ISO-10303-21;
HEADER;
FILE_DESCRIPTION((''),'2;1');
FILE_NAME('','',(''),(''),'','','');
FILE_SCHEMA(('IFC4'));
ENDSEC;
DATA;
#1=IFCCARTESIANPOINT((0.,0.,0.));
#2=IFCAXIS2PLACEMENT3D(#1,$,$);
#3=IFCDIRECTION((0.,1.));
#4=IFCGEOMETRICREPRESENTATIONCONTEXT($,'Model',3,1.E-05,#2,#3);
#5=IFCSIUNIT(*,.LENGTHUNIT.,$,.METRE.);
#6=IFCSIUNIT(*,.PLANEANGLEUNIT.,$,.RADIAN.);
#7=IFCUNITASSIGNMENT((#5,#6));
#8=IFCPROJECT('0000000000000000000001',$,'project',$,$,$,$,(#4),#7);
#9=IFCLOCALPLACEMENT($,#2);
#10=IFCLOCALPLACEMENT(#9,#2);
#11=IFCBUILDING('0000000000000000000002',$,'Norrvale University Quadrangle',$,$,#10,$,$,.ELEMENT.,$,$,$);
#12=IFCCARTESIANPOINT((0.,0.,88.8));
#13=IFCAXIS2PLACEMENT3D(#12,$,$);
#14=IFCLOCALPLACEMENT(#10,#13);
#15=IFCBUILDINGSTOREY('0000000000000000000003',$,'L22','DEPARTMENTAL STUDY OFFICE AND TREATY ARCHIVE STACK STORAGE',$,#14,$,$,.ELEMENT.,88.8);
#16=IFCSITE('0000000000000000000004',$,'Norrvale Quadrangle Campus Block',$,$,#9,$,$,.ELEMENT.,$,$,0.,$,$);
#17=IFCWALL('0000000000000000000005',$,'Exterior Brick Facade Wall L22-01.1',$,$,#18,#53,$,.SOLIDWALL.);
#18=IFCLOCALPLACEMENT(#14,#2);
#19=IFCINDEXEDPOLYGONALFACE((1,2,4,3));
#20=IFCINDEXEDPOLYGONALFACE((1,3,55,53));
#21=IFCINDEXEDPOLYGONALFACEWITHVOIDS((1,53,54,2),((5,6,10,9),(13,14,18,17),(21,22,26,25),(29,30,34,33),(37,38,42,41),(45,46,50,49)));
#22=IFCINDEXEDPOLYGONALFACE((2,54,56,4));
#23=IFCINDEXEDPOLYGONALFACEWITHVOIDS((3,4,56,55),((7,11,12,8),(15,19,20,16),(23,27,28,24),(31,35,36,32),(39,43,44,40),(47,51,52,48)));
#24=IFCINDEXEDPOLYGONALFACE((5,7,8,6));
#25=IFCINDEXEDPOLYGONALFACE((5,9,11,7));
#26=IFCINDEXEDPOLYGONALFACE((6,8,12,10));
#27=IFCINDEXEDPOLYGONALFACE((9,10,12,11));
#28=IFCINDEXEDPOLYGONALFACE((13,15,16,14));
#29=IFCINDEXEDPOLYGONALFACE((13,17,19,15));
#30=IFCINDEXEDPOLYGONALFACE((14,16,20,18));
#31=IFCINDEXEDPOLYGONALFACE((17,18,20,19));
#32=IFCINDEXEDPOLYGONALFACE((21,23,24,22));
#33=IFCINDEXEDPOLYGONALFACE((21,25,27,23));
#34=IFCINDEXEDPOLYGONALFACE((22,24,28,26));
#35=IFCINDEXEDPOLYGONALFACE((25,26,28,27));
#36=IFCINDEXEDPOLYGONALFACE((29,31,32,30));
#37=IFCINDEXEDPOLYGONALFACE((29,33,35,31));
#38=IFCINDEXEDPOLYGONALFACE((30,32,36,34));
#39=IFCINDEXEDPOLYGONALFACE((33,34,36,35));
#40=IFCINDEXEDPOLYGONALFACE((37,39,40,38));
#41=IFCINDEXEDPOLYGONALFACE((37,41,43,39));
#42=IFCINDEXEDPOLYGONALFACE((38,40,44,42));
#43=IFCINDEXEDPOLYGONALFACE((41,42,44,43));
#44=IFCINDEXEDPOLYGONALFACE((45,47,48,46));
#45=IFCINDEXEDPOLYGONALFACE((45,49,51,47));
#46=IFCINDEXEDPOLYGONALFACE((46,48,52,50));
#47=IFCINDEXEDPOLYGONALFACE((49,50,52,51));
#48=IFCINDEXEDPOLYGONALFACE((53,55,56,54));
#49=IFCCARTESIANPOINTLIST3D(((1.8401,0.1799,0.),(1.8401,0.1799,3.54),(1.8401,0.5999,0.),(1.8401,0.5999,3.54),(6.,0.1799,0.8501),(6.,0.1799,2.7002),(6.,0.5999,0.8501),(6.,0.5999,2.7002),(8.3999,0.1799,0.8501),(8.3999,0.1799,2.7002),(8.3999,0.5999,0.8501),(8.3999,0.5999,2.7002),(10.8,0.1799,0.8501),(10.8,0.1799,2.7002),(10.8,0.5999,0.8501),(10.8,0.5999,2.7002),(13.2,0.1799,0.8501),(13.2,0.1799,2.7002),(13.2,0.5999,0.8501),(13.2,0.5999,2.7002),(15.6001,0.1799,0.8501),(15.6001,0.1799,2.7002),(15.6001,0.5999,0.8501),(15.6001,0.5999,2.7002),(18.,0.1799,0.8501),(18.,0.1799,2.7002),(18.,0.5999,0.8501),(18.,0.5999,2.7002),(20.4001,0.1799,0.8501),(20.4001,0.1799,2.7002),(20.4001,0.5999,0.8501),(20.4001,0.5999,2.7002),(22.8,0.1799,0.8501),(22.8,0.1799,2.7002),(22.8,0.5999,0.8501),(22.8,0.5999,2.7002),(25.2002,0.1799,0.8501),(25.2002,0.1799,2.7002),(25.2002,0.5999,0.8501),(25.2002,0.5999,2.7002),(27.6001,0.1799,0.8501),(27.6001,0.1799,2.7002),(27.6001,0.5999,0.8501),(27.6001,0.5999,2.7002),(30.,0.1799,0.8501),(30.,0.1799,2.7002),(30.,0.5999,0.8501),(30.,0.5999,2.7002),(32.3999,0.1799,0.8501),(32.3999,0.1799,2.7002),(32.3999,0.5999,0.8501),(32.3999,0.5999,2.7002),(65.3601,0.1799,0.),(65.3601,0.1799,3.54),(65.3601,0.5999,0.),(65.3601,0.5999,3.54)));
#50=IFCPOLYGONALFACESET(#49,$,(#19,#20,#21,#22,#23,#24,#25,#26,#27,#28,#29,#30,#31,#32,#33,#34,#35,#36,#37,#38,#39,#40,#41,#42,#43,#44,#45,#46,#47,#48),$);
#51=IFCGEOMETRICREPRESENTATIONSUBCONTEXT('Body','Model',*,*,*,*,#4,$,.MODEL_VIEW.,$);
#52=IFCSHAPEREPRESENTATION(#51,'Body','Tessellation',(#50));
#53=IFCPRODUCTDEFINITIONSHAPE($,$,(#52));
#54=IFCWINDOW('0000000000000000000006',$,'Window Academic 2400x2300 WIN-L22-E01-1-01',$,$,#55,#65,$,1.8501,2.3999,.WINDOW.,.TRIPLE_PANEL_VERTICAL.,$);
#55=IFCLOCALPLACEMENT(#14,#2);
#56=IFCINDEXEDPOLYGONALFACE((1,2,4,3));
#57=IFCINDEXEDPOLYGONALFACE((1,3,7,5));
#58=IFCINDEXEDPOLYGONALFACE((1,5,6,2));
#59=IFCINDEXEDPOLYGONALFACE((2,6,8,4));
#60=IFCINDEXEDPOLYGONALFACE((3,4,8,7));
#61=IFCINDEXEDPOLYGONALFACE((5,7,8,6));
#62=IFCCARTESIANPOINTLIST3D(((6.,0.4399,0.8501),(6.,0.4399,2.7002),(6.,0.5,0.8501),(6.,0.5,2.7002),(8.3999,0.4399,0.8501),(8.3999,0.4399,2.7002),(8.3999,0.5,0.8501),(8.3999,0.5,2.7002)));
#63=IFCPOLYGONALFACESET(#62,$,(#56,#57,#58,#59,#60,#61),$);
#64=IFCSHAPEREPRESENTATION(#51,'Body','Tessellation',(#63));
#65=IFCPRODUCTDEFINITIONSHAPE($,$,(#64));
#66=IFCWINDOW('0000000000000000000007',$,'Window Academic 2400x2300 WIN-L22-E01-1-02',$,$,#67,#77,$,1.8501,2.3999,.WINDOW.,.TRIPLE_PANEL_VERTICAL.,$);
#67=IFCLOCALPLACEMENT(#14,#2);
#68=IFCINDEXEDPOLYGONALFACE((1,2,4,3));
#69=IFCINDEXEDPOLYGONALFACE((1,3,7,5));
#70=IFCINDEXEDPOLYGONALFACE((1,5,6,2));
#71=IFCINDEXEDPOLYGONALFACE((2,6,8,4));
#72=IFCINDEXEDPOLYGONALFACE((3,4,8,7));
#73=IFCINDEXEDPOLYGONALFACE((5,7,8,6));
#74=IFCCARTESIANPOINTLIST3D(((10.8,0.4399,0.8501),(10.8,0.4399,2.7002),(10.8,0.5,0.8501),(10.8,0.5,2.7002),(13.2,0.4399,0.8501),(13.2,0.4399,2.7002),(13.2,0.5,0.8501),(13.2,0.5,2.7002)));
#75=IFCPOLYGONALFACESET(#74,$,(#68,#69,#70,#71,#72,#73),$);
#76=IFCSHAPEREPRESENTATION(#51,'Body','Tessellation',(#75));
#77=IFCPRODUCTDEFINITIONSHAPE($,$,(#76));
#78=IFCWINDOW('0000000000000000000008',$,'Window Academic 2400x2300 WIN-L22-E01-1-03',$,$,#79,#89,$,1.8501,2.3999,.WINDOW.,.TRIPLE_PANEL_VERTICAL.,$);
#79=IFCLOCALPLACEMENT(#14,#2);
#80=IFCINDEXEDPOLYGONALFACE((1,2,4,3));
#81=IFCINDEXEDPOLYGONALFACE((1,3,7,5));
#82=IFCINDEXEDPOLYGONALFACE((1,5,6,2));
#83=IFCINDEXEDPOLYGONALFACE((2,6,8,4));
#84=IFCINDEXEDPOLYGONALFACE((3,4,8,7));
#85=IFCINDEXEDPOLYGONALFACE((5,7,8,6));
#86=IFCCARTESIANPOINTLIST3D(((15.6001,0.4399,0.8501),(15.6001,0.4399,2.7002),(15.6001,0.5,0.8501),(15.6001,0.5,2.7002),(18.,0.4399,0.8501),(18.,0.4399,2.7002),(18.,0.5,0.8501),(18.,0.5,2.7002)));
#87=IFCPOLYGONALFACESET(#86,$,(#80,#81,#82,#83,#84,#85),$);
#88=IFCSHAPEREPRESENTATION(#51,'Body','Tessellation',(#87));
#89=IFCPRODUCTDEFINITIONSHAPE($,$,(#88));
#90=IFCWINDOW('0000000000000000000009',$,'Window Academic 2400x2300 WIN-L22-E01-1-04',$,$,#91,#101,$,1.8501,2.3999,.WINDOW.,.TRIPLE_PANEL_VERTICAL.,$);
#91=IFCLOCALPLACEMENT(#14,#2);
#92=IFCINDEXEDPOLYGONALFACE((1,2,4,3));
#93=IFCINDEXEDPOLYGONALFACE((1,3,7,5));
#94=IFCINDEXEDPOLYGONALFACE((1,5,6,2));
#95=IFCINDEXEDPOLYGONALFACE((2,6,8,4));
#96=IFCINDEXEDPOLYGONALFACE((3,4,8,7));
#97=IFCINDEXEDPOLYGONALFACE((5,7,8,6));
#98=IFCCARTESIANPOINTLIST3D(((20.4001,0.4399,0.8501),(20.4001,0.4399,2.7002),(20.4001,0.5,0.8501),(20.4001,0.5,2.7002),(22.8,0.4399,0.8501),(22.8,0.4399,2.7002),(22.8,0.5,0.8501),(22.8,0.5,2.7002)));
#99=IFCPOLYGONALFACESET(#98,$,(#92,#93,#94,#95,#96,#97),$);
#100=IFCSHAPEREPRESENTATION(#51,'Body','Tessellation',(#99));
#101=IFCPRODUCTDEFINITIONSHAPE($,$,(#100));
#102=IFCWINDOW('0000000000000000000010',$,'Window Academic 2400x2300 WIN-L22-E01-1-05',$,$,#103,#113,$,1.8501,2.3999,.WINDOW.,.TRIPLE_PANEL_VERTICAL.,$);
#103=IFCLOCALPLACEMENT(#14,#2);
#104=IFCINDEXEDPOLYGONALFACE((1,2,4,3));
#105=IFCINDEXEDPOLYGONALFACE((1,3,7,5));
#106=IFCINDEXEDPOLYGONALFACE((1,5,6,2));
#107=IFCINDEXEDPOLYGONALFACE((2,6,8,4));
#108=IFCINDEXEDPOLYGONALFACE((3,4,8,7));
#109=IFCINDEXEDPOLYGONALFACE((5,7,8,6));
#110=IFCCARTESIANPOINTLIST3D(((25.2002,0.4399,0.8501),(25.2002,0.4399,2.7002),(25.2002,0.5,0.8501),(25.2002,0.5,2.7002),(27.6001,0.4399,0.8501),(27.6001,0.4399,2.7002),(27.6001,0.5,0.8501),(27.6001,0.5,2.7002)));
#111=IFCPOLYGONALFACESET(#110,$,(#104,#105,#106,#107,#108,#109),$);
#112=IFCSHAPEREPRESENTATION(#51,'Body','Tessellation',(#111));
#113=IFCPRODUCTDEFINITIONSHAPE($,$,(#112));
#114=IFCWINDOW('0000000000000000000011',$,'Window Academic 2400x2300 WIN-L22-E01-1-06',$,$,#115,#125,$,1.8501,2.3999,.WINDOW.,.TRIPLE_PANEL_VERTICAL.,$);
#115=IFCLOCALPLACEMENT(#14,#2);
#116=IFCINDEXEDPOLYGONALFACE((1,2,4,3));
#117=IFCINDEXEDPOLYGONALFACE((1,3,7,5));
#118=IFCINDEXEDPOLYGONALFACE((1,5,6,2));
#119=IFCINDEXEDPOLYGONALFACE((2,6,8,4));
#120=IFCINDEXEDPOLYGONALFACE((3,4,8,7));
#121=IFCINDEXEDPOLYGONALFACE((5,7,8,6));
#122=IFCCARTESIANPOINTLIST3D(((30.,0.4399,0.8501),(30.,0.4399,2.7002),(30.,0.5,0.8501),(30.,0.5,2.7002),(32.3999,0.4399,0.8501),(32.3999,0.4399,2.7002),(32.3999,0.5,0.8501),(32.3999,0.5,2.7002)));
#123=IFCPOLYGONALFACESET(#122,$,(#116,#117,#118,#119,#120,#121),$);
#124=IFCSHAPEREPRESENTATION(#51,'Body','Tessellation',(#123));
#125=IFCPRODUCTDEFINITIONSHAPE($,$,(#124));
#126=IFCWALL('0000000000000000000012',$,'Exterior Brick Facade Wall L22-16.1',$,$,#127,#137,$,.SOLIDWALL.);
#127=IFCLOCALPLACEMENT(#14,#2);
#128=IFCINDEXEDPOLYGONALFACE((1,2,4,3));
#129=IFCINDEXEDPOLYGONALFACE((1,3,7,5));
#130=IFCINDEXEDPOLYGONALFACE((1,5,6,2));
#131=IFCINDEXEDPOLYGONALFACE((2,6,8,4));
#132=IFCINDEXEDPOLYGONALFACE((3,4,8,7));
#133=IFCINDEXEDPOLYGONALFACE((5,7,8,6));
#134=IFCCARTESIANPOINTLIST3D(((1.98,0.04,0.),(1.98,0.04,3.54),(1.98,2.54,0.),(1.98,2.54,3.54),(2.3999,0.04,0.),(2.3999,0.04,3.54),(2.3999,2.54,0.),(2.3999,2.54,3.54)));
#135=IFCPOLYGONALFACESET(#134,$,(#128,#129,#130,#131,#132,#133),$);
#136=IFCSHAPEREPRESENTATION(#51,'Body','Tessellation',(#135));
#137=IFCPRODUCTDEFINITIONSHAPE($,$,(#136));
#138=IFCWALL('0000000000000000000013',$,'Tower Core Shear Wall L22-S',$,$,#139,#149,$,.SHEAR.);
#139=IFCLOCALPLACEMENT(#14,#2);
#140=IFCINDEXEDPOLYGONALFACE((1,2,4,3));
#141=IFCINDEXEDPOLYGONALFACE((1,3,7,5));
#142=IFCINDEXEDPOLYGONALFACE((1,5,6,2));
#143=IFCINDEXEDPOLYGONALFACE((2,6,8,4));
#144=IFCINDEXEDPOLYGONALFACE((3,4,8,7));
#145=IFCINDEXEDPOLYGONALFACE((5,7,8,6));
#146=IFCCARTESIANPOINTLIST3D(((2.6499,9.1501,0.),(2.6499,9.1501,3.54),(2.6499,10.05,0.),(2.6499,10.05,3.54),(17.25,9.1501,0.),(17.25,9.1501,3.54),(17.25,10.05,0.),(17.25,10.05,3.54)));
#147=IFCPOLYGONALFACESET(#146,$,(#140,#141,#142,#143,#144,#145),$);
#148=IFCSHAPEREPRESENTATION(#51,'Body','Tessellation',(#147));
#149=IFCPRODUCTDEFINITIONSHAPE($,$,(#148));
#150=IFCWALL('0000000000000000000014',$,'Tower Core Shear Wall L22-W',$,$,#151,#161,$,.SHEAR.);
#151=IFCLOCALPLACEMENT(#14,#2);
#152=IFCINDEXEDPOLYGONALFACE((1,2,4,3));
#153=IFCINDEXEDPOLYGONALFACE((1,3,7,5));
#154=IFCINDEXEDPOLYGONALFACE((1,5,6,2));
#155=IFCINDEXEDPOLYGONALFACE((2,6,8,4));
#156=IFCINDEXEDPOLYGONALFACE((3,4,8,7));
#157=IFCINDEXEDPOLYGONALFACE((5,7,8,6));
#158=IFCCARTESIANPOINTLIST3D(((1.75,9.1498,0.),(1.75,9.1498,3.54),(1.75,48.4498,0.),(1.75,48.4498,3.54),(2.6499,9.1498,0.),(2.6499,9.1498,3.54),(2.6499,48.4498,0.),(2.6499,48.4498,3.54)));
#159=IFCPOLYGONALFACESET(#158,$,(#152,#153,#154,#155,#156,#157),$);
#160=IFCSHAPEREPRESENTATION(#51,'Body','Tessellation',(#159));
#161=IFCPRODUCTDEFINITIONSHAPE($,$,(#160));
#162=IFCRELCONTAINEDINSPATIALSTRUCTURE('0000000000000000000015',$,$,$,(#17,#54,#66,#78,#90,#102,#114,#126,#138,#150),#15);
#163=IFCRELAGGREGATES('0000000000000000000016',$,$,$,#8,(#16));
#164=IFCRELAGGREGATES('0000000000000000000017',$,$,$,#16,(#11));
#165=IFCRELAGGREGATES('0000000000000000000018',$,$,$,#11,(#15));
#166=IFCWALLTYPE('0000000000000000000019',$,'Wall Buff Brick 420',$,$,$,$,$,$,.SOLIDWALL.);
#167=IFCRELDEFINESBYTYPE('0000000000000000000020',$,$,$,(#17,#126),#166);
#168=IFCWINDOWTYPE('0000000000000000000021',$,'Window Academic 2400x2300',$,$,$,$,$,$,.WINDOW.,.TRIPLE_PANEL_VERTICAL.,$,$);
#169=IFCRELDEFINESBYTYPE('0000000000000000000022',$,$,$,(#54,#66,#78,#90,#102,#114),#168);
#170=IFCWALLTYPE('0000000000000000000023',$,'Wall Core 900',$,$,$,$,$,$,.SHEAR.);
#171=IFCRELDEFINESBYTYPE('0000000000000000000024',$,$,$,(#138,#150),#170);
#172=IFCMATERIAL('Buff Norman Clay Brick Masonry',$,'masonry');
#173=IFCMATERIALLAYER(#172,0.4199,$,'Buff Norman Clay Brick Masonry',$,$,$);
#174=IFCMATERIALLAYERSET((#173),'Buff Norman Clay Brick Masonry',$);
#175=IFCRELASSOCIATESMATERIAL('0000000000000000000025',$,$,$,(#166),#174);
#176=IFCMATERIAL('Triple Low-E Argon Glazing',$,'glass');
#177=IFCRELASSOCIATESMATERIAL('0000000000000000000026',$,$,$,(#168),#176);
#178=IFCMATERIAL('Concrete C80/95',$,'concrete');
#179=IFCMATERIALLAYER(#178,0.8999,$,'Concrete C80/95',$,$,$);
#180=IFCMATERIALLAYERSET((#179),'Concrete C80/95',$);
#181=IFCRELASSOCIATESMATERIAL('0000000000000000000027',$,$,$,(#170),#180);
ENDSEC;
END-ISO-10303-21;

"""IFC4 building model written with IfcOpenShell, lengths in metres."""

from ifc_helpers import new_model, si_unit, direction, frame, frame_2d, origin, place, context, subcontext, project, spatial, rectangle, extrude, material, layer, layer_set, type_object, element, fill, save


model = new_model("IFC4")

# Units and contexts
model_context = context("Model", 3, precision=1e-05, world=origin(), true_north=direction((0.0, 1.0)))
body_context = subcontext(model_context, "Body", "Model", "MODEL_VIEW")
ifc_project = project(units=[si_unit("LENGTHUNIT", "METRE"), si_unit("PLANEANGLEUNIT", "RADIAN")], contexts=[model_context])

# Site, building, storey
site_placement = place(None, origin())
site = spatial("IfcSite", under=ifc_project, at=site_placement, Name="Norrvale Quadrangle Campus Block", CompositionType="ELEMENT", RefElevation=0.0)
building_placement = place(site_placement, origin())
building = spatial("IfcBuilding", under=site, at=building_placement, Name="Norrvale University Quadrangle", CompositionType="ELEMENT")
storey_placement = place(building_placement, frame((0.0, 0.0, 88.8)))
storey = spatial("IfcBuildingStorey", under=building, at=storey_placement, Name="L22", Description="DEPARTMENTAL STUDY OFFICE AND TREATY ARCHIVE STACK STORAGE", CompositionType="ELEMENT", Elevation=88.8)

# Shared definitions
ifc_material_1 = material(Name="Concrete C80/95", Category="concrete")

# Wall, openings, windows
ifc_material_2 = material(Name="Buff Norman Clay Brick Masonry", Category="masonry")
ifc_layer_1 = layer(ifc_material_2, 0.4199, Name="Buff Norman Clay Brick Masonry")
ifc_layer_set_1 = layer_set([ifc_layer_1], Name="Buff Norman Clay Brick Masonry")
wall_type_1 = type_object("IfcWallType", Name="Wall Buff Brick 420", PredefinedType="SOLIDWALL", material=ifc_layer_set_1)
wall_1_placement = place(storey_placement, frame((1.8401, 0.3899, 0.0), z_axis=(0.0, 0.0, 1.0), x_axis=(1.0, 0.0, 0.0)))
wall_1 = element("IfcWall", 1, at=wall_1_placement, inside=storey, type_object=wall_type_1, Name="Exterior Brick Facade Wall L22-01.1", PredefinedType="SOLIDWALL", context=body_context, shape_type="SweptSolid", body=[
    extrude(rectangle(XDim=63.52, YDim=0.4199, at=frame_2d((31.76, 0.0))), origin(), (0.0, 0.0, 1.0), 3.54),
])
opening_1_placement = place(wall_1_placement, frame((4.1599, 0.0, 0.8501)))
opening_1 = element("IfcOpeningElement", 2, at=opening_1_placement, cuts=wall_1, PredefinedType="OPENING", context=body_context, shape_type="SweptSolid", body=[
    extrude(rectangle(XDim=2.3999, YDim=1.8501, at=frame_2d((1.2, 0.925))), frame((0.0, 0.2219, 0.0), z_axis=(0.0, -1.0, 0.0), x_axis=(1.0, 0.0, 0.0)), (0.0, 0.0, 1.0), 0.4438),
])
opening_2_placement = place(wall_1_placement, frame((8.96, 0.0, 0.8501)))
opening_2 = element("IfcOpeningElement", 3, at=opening_2_placement, cuts=wall_1, PredefinedType="OPENING", context=body_context, shape_type="SweptSolid", body=[
    extrude(rectangle(XDim=2.3999, YDim=1.8501, at=frame_2d((1.2, 0.925))), frame((0.0, 0.2219, 0.0), z_axis=(0.0, -1.0, 0.0), x_axis=(1.0, 0.0, 0.0)), (0.0, 0.0, 1.0), 0.4438),
])
opening_3_placement = place(wall_1_placement, frame((13.76, 0.0, 0.8501)))
opening_3 = element("IfcOpeningElement", 4, at=opening_3_placement, cuts=wall_1, PredefinedType="OPENING", context=body_context, shape_type="SweptSolid", body=[
    extrude(rectangle(XDim=2.3999, YDim=1.8501, at=frame_2d((1.2, 0.925))), frame((0.0, 0.2219, 0.0), z_axis=(0.0, -1.0, 0.0), x_axis=(1.0, 0.0, 0.0)), (0.0, 0.0, 1.0), 0.4438),
])
opening_4_placement = place(wall_1_placement, frame((18.5601, 0.0, 0.8501)))
opening_4 = element("IfcOpeningElement", 5, at=opening_4_placement, cuts=wall_1, PredefinedType="OPENING", context=body_context, shape_type="SweptSolid", body=[
    extrude(rectangle(XDim=2.3999, YDim=1.8501, at=frame_2d((1.2, 0.925))), frame((0.0, 0.2219, 0.0), z_axis=(0.0, -1.0, 0.0), x_axis=(1.0, 0.0, 0.0)), (0.0, 0.0, 1.0), 0.4438),
])
opening_5_placement = place(wall_1_placement, frame((23.3601, 0.0, 0.8501)))
opening_5 = element("IfcOpeningElement", 6, at=opening_5_placement, cuts=wall_1, PredefinedType="OPENING", context=body_context, shape_type="SweptSolid", body=[
    extrude(rectangle(XDim=2.3999, YDim=1.8501, at=frame_2d((1.2, 0.925))), frame((0.0, 0.2219, 0.0), z_axis=(0.0, -1.0, 0.0), x_axis=(1.0, 0.0, 0.0)), (0.0, 0.0, 1.0), 0.4438),
])
opening_6_placement = place(wall_1_placement, frame((28.1599, 0.0, 0.8501)))
opening_6 = element("IfcOpeningElement", 7, at=opening_6_placement, cuts=wall_1, PredefinedType="OPENING", context=body_context, shape_type="SweptSolid", body=[
    extrude(rectangle(XDim=2.3999, YDim=1.8501, at=frame_2d((1.2, 0.925))), frame((0.0, 0.2219, 0.0), z_axis=(0.0, -1.0, 0.0), x_axis=(1.0, 0.0, 0.0)), (0.0, 0.0, 1.0), 0.4438),
])
ifc_material_3 = material(Name="Triple Low-E Argon Glazing", Category="glass")
window_type = type_object("IfcWindowType", Name="Window Academic 2400x2300", PartitioningType="TRIPLE_PANEL_VERTICAL", PredefinedType="WINDOW", material=ifc_material_3)
window_1_placement = place(opening_1_placement, origin())
window_1 = element("IfcWindow", 8, at=window_1_placement, inside=storey, type_object=window_type, Name="Window Academic 2400x2300 WIN-L22-E01-1-01", OverallHeight=1.8501, OverallWidth=2.3999, PartitioningType="TRIPLE_PANEL_VERTICAL", PredefinedType="WINDOW", context=body_context, shape_type="SweptSolid", body=[
    extrude(rectangle(XDim=2.3999, YDim=1.8501, at=frame_2d((1.2, 0.925))), frame((0.0, 0.1101, 0.0), z_axis=(0.0, -1.0, 0.0), x_axis=(1.0, 0.0, 0.0)), (0.0, 0.0, 1.0), 0.0601),
])
fill(opening_1, window_1)
window_2_placement = place(opening_2_placement, origin())
window_2 = element("IfcWindow", 9, at=window_2_placement, inside=storey, type_object=window_type, Name="Window Academic 2400x2300 WIN-L22-E01-1-02", OverallHeight=1.8501, OverallWidth=2.3999, PartitioningType="TRIPLE_PANEL_VERTICAL", PredefinedType="WINDOW", context=body_context, shape_type="SweptSolid", body=[
    extrude(rectangle(XDim=2.3999, YDim=1.8501, at=frame_2d((1.2, 0.925))), frame((0.0, 0.1101, 0.0), z_axis=(0.0, -1.0, 0.0), x_axis=(1.0, 0.0, 0.0)), (0.0, 0.0, 1.0), 0.0601),
])
fill(opening_2, window_2)
window_3_placement = place(opening_3_placement, origin())
window_3 = element("IfcWindow", 10, at=window_3_placement, inside=storey, type_object=window_type, Name="Window Academic 2400x2300 WIN-L22-E01-1-03", OverallHeight=1.8501, OverallWidth=2.3999, PartitioningType="TRIPLE_PANEL_VERTICAL", PredefinedType="WINDOW", context=body_context, shape_type="SweptSolid", body=[
    extrude(rectangle(XDim=2.3999, YDim=1.8501, at=frame_2d((1.2, 0.925))), frame((0.0, 0.1101, 0.0), z_axis=(0.0, -1.0, 0.0), x_axis=(1.0, 0.0, 0.0)), (0.0, 0.0, 1.0), 0.0601),
])
fill(opening_3, window_3)
window_4_placement = place(opening_4_placement, origin())
window_4 = element("IfcWindow", 11, at=window_4_placement, inside=storey, type_object=window_type, Name="Window Academic 2400x2300 WIN-L22-E01-1-04", OverallHeight=1.8501, OverallWidth=2.3999, PartitioningType="TRIPLE_PANEL_VERTICAL", PredefinedType="WINDOW", context=body_context, shape_type="SweptSolid", body=[
    extrude(rectangle(XDim=2.3999, YDim=1.8501, at=frame_2d((1.2, 0.925))), frame((0.0, 0.1101, 0.0), z_axis=(0.0, -1.0, 0.0), x_axis=(1.0, 0.0, 0.0)), (0.0, 0.0, 1.0), 0.0601),
])
fill(opening_4, window_4)
window_5_placement = place(opening_5_placement, origin())
window_5 = element("IfcWindow", 12, at=window_5_placement, inside=storey, type_object=window_type, Name="Window Academic 2400x2300 WIN-L22-E01-1-05", OverallHeight=1.8501, OverallWidth=2.3999, PartitioningType="TRIPLE_PANEL_VERTICAL", PredefinedType="WINDOW", context=body_context, shape_type="SweptSolid", body=[
    extrude(rectangle(XDim=2.3999, YDim=1.8501, at=frame_2d((1.2, 0.925))), frame((0.0, 0.1101, 0.0), z_axis=(0.0, -1.0, 0.0), x_axis=(1.0, 0.0, 0.0)), (0.0, 0.0, 1.0), 0.0601),
])
fill(opening_5, window_5)
window_6_placement = place(opening_6_placement, origin())
window_6 = element("IfcWindow", 13, at=window_6_placement, inside=storey, type_object=window_type, Name="Window Academic 2400x2300 WIN-L22-E01-1-06", OverallHeight=1.8501, OverallWidth=2.3999, PartitioningType="TRIPLE_PANEL_VERTICAL", PredefinedType="WINDOW", context=body_context, shape_type="SweptSolid", body=[
    extrude(rectangle(XDim=2.3999, YDim=1.8501, at=frame_2d((1.2, 0.925))), frame((0.0, 0.1101, 0.0), z_axis=(0.0, -1.0, 0.0), x_axis=(1.0, 0.0, 0.0)), (0.0, 0.0, 1.0), 0.0601),
])
fill(opening_6, window_6)

# Walls
wall_2_placement = place(storey_placement, frame((2.1899, 2.54, 0.0), z_axis=(0.0, 0.0, 1.0), x_axis=(0.0, -1.0, 0.0)))
element("IfcWall", 14, at=wall_2_placement, inside=storey, type_object=wall_type_1, Name="Exterior Brick Facade Wall L22-16.1", PredefinedType="SOLIDWALL", context=body_context, shape_type="SweptSolid", body=[
    extrude(rectangle(XDim=2.5, YDim=0.4199, at=frame_2d((1.25, 0.0))), origin(), (0.0, 0.0, 1.0), 3.54),
])
ifc_layer_2 = layer(ifc_material_1, 0.8999, Name="Concrete C80/95")
ifc_layer_set_2 = layer_set([ifc_layer_2], Name="Concrete C80/95")
wall_type_2 = type_object("IfcWallType", Name="Wall Core 900", PredefinedType="SHEAR", material=ifc_layer_set_2)
wall_3_placement = place(storey_placement, frame((2.6499, 9.6001, 0.0), z_axis=(0.0, 0.0, 1.0), x_axis=(1.0, 0.0, 0.0)))
element("IfcWall", 15, at=wall_3_placement, inside=storey, type_object=wall_type_2, Name="Tower Core Shear Wall L22-S", PredefinedType="SHEAR", context=body_context, shape_type="SweptSolid", body=[
    extrude(rectangle(XDim=14.6001, YDim=0.8999, at=frame_2d((7.3, 0.0))), origin(), (0.0, 0.0, 1.0), 3.54),
])
wall_4_placement = place(storey_placement, frame((2.2, 9.1499, 0.0), z_axis=(0.0, 0.0, 1.0), x_axis=(0.0, 1.0, 0.0)))
element("IfcWall", 16, at=wall_4_placement, inside=storey, type_object=wall_type_2, Name="Tower Core Shear Wall L22-W", PredefinedType="SHEAR", context=body_context, shape_type="SweptSolid", body=[
    extrude(rectangle(XDim=39.3, YDim=0.8999, at=frame_2d((19.6499, 0.0))), origin(), (0.0, 0.0, 1.0), 3.54),
])

save(model, "model.ifc")
